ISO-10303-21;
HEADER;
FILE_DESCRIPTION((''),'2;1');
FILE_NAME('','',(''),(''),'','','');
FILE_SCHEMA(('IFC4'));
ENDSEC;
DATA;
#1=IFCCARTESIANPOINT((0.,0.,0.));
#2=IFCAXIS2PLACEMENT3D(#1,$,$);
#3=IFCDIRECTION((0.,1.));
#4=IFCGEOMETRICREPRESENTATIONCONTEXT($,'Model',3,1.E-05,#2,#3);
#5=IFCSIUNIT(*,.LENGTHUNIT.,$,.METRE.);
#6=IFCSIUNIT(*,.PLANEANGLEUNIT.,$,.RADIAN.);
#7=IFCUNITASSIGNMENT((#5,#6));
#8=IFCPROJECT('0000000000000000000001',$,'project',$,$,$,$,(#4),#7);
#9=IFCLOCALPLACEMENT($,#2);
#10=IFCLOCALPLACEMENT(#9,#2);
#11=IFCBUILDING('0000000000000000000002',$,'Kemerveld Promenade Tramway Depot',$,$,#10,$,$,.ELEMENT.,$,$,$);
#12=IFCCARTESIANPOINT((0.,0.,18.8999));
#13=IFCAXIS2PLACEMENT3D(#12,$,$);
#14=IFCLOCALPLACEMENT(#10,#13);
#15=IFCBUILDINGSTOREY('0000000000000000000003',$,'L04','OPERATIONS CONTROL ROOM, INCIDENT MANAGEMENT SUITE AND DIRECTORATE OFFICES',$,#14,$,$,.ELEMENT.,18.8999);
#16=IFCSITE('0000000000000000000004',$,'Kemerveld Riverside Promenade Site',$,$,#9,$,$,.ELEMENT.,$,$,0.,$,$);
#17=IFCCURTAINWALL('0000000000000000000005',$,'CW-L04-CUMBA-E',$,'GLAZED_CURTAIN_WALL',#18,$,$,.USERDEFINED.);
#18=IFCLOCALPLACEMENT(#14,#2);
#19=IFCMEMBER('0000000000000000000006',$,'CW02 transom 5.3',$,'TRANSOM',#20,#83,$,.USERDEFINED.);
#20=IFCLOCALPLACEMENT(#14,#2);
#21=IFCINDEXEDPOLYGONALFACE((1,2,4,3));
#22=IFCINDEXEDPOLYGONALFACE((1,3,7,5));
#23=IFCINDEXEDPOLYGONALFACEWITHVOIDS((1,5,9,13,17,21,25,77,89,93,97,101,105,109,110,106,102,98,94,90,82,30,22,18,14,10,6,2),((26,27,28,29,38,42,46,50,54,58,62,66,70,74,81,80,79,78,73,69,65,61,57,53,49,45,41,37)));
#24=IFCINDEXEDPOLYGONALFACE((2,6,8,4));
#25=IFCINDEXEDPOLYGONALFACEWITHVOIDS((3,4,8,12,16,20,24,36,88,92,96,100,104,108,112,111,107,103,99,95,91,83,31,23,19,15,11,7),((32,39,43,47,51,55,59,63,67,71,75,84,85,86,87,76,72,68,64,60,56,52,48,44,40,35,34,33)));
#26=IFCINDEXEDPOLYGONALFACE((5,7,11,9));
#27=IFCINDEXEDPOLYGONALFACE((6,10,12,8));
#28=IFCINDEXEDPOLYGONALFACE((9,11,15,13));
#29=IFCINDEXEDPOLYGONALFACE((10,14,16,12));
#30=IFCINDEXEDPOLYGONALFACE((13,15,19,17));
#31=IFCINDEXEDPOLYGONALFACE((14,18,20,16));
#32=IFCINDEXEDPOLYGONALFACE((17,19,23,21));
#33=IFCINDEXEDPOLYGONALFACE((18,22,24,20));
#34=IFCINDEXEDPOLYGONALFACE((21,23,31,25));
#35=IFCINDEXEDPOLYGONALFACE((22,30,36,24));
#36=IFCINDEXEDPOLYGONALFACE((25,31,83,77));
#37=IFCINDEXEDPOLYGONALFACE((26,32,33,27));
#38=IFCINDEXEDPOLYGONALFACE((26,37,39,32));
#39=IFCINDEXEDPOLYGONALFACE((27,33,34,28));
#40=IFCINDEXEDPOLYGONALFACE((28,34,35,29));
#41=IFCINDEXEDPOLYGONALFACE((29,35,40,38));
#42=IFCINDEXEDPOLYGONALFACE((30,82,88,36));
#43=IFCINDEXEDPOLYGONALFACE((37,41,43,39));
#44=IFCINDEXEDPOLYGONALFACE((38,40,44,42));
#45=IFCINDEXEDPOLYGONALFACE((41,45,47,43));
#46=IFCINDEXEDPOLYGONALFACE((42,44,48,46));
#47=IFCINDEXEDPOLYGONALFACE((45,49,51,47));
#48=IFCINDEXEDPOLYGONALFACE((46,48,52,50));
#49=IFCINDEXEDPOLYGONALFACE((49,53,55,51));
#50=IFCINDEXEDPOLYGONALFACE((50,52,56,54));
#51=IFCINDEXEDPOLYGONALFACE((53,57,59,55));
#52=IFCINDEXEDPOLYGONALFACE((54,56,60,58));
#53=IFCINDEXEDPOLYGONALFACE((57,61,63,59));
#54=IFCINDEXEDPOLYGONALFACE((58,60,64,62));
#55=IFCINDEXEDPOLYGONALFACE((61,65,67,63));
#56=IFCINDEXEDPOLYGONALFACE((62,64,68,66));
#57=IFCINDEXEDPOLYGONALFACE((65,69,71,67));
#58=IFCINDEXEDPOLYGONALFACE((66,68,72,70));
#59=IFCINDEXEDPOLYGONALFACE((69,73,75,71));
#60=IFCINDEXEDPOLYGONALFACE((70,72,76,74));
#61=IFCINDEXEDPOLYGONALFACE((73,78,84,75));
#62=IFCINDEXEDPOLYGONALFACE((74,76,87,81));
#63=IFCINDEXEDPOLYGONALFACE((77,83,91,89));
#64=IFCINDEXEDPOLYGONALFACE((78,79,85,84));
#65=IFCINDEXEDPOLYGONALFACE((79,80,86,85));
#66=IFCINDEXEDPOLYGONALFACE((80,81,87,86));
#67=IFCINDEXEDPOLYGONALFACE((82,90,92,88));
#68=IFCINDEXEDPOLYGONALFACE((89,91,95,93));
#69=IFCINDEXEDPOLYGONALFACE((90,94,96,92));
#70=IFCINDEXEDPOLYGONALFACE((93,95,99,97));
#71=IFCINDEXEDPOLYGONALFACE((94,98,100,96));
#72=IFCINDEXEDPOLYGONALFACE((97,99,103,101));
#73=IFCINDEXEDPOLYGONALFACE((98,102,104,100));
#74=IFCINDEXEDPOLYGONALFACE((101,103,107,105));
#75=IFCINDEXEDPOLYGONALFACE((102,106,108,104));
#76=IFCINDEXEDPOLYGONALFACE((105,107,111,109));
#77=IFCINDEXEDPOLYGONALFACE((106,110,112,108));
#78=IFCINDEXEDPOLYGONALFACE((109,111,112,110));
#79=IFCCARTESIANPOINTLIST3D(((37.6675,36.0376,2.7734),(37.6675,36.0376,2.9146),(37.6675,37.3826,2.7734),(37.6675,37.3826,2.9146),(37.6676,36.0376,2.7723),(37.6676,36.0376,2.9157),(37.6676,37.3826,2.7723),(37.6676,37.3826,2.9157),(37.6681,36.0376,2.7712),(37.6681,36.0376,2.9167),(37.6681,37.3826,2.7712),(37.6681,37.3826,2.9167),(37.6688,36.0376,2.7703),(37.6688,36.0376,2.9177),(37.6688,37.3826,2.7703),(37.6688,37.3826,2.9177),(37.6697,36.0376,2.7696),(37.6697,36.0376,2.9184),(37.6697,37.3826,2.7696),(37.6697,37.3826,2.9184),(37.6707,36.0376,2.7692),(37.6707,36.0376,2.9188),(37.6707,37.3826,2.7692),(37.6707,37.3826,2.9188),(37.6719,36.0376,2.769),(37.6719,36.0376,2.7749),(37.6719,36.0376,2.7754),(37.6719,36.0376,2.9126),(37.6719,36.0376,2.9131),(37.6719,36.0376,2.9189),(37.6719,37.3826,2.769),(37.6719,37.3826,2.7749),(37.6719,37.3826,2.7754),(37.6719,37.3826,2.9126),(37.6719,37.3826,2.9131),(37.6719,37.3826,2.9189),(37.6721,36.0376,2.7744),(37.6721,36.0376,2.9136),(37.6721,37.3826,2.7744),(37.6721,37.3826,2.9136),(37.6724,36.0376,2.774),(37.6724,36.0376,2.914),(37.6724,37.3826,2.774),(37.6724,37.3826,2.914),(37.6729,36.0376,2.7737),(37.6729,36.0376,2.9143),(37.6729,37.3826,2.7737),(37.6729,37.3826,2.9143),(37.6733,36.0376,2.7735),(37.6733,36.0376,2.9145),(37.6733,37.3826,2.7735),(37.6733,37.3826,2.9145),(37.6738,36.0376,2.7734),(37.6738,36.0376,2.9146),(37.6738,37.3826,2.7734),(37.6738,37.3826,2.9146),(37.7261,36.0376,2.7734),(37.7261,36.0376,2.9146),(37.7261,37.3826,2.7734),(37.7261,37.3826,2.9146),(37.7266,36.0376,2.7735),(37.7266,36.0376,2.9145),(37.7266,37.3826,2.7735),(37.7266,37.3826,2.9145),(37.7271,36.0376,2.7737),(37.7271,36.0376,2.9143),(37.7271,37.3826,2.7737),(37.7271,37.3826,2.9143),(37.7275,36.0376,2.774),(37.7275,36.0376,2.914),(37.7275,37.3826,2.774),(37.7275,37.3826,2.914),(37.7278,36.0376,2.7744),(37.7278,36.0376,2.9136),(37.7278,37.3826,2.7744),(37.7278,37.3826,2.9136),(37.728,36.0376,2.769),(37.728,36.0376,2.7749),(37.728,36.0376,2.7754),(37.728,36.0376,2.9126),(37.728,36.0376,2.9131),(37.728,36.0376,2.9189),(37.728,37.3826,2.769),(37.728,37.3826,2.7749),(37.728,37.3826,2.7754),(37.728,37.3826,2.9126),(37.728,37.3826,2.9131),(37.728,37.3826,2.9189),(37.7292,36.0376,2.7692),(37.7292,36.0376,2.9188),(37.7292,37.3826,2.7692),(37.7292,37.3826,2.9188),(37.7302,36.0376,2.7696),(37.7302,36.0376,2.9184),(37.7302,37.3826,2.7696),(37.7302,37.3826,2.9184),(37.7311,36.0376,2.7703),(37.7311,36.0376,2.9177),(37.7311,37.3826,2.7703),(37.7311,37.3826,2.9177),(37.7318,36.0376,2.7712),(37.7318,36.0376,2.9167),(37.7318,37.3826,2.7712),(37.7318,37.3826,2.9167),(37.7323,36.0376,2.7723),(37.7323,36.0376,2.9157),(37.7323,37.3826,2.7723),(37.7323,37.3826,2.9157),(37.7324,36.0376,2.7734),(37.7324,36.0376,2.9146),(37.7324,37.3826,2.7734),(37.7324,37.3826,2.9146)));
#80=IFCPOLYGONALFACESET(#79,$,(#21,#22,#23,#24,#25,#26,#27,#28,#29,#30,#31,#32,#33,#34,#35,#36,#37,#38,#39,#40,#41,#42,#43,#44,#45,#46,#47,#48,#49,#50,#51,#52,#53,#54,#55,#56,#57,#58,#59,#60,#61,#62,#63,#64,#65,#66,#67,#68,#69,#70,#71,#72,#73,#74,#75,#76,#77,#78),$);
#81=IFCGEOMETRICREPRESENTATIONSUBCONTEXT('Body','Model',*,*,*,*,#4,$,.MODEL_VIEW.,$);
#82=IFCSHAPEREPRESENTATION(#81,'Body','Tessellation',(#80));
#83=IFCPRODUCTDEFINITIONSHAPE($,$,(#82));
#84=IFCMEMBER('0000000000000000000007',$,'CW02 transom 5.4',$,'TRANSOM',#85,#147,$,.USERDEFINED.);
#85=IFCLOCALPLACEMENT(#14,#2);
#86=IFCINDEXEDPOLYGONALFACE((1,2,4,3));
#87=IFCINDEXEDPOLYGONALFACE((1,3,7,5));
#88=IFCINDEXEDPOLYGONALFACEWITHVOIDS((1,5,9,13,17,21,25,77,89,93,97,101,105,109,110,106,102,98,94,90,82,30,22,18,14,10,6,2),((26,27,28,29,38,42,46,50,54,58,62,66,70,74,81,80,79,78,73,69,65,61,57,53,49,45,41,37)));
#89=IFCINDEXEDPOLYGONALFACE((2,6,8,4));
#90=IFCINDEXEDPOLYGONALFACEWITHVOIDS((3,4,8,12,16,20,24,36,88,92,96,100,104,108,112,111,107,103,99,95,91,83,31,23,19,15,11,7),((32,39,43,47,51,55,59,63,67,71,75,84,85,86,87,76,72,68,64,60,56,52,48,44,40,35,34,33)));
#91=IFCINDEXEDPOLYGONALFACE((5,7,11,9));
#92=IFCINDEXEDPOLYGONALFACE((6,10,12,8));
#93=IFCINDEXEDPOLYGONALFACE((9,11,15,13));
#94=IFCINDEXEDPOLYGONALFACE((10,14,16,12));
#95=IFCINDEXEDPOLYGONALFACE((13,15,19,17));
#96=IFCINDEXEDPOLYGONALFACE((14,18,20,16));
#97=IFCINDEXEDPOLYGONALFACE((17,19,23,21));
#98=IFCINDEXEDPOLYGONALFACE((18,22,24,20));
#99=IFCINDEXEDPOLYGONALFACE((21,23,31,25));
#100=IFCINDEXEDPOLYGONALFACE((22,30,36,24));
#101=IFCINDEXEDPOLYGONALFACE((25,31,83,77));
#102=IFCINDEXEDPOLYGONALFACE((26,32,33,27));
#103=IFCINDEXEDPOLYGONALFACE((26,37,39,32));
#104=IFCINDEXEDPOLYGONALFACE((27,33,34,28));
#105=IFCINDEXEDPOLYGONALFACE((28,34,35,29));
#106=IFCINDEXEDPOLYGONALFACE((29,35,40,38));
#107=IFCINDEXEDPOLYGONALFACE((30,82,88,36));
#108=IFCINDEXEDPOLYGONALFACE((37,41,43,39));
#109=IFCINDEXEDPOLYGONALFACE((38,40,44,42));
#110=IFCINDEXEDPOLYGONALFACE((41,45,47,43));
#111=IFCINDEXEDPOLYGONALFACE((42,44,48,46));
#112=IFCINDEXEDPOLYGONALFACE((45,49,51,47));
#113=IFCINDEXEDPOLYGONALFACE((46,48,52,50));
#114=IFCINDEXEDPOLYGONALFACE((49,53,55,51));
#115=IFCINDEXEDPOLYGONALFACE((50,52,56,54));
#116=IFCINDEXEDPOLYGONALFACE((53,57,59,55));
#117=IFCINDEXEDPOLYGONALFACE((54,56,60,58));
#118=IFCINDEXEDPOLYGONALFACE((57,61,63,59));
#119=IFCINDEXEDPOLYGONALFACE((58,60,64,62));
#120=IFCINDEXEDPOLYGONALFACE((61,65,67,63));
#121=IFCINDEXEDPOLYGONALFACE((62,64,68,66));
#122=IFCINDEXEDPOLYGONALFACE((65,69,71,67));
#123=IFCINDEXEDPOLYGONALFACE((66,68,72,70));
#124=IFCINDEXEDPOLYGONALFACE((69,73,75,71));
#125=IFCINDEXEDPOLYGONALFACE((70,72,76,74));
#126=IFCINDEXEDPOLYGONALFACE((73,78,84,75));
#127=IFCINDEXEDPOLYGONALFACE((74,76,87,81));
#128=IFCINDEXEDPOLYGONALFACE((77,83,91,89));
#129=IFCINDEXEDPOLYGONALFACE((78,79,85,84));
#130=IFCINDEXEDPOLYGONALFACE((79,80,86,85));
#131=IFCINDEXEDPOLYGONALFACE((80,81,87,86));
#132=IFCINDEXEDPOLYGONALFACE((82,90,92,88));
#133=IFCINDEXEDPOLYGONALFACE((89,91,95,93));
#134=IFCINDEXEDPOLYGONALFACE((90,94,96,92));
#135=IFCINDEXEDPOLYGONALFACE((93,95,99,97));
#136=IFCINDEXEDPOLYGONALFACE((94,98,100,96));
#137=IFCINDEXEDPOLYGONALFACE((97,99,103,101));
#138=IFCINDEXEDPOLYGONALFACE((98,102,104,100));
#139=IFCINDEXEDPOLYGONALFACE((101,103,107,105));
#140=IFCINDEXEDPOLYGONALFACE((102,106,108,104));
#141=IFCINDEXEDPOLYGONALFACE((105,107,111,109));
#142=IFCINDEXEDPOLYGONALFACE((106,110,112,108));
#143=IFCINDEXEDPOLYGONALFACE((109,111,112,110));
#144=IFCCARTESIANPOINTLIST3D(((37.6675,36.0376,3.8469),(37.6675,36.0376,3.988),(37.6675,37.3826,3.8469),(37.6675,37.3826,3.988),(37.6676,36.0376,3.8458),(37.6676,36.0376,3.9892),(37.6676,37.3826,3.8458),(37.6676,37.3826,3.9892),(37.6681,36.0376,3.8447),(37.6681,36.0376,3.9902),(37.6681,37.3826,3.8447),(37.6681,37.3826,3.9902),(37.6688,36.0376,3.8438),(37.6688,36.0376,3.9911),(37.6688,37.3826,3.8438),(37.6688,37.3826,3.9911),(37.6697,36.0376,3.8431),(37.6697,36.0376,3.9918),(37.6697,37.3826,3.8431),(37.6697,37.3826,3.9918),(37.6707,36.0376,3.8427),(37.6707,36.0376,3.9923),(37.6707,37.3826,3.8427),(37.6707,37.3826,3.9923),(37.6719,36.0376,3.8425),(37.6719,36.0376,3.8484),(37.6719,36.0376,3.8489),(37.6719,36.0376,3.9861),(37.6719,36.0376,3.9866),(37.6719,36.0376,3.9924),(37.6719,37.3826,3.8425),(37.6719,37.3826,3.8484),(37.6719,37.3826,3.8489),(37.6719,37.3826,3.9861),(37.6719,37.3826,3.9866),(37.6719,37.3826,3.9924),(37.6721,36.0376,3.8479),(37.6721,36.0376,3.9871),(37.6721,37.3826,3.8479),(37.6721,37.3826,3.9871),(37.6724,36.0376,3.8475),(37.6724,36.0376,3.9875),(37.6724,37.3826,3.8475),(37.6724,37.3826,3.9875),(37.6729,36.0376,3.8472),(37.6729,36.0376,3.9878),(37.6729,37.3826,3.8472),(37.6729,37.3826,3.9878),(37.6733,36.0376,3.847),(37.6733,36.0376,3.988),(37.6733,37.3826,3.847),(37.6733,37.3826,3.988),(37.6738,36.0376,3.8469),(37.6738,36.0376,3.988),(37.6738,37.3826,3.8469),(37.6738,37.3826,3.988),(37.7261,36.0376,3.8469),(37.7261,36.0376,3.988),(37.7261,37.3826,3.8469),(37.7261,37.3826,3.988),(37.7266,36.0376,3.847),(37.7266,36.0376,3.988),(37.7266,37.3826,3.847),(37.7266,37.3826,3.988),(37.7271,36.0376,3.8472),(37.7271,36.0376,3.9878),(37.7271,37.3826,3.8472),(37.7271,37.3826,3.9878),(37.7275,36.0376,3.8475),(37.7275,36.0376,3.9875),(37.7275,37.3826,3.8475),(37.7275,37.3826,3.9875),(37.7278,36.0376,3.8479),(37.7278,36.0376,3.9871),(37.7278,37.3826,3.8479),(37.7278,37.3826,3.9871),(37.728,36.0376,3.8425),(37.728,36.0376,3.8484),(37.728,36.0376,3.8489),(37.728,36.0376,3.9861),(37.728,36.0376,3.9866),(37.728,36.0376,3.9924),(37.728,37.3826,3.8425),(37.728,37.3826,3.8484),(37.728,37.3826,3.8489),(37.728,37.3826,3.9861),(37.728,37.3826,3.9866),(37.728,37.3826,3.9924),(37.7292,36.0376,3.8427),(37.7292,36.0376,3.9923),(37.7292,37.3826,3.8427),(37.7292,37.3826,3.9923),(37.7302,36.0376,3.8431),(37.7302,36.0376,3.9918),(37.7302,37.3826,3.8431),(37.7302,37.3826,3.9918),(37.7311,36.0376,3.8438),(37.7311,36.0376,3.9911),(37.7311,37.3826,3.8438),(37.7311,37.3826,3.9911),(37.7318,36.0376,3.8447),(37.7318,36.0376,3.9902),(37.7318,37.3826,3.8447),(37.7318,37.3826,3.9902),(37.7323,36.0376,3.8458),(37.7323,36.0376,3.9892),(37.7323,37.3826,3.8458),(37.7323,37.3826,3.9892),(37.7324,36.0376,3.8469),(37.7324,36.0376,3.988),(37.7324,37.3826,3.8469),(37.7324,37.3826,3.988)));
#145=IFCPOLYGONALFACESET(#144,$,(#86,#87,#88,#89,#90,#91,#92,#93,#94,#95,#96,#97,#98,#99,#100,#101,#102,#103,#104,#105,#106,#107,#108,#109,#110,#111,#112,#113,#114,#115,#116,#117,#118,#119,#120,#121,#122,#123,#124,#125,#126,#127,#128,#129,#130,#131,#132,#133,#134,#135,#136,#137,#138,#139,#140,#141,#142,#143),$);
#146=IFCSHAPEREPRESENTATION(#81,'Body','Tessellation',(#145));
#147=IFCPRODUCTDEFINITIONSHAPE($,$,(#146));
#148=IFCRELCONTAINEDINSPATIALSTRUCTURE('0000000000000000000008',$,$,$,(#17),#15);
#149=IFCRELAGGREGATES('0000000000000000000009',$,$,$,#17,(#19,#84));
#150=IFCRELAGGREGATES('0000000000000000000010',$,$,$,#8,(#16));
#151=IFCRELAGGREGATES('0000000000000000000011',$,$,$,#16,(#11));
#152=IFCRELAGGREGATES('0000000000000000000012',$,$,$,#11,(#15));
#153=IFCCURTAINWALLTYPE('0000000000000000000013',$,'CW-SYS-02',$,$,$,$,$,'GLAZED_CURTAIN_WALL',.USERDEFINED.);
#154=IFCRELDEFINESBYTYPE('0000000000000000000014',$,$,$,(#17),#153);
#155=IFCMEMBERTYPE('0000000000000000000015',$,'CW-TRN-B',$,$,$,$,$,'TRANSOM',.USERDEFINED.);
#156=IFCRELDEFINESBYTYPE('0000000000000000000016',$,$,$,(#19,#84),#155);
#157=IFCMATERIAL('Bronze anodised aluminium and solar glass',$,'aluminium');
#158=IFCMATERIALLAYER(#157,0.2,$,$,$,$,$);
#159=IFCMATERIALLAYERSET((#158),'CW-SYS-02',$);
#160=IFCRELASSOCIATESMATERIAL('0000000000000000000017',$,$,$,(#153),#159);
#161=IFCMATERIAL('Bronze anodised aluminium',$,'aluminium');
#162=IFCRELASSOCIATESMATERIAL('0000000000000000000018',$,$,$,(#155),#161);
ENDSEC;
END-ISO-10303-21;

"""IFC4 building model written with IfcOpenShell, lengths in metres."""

from ifc_helpers import new_model, si_unit, direction, frame, origin, origin_2d, place, context, subcontext, project, spatial, hollow_rectangle, extrude, material, layer, layer_set, material_profile, profile_set, type_object, element, aggregate, save


model = new_model("IFC4")

# Units and contexts
model_context = context("Model", 3, precision=1e-05, world=origin(), true_north=direction((0.0, 1.0)))
body_context = subcontext(model_context, "Body", "Model", "MODEL_VIEW")
ifc_project = project(units=[si_unit("LENGTHUNIT", "METRE"), si_unit("PLANEANGLEUNIT", "RADIAN")], contexts=[model_context])

# Site, building, storey
site_placement = place(None, origin())
site = spatial("IfcSite", under=ifc_project, at=site_placement, Name="Kemerveld Riverside Promenade Site", CompositionType="ELEMENT", RefElevation=0.0)
building_placement = place(site_placement, origin())
building = spatial("IfcBuilding", under=site, at=building_placement, Name="Kemerveld Promenade Tramway Depot", CompositionType="ELEMENT")
storey_placement = place(building_placement, frame((0.0, 0.0, 18.8999)))
storey = spatial("IfcBuildingStorey", under=building, at=storey_placement, Name="L04", Description="OPERATIONS CONTROL ROOM, INCIDENT MANAGEMENT SUITE AND DIRECTORATE OFFICES", CompositionType="ELEMENT", Elevation=18.8999)

# Shared definitions
ifc_material_1 = material(Name="Bronze anodised aluminium and solar glass", Category="aluminium")
ifc_material_2 = material(Name="Bronze anodised aluminium", Category="aluminium")

# Curtain wall
ifc_layer_1 = layer(ifc_material_1, 0.2)
ifc_layer_set_1 = layer_set([ifc_layer_1], Name="CW-SYS-02")
curtain_wall_type_1 = type_object("IfcCurtainWallType", Name="CW-SYS-02", ElementType="GLAZED_CURTAIN_WALL", PredefinedType="USERDEFINED", material=ifc_layer_set_1)
curtain_wall_1_placement = place(storey_placement, origin())
curtain_wall_1 = element("IfcCurtainWall", 1, at=curtain_wall_1_placement, inside=storey, type_object=curtain_wall_type_1, Name="CW-L04-CUMBA-E", ObjectType="GLAZED_CURTAIN_WALL", PredefinedType="USERDEFINED")

# Members
ifc_material_profile_1 = material_profile(ifc_material_2, hollow_rectangle(XDim=0.0649, YDim=0.1499, WallThickness=0.0044, InnerFilletRadius=0.002, OuterFilletRadius=0.0044, at=origin_2d()), Name="CW-TRN-150x65")
ifc_profile_set_1 = profile_set([ifc_material_profile_1], Name="Bronze anodised aluminium")
member_type_1 = type_object("IfcMemberType", Name="CW-TRN-B", ElementType="TRANSOM", PredefinedType="USERDEFINED", material=ifc_profile_set_1)
member_1_placement = place(storey_placement, frame((37.7, 37.3826, 2.844), z_axis=(0.0, -1.0, 0.0), x_axis=(1.0, 0.0, 0.0)))
member_1 = element("IfcMember", 2, at=member_1_placement, type_object=member_type_1, Name="CW02 transom 5.3", ObjectType="TRANSOM", PredefinedType="USERDEFINED", context=body_context, shape_type="SweptSolid", body=[
    extrude(hollow_rectangle(XDim=0.0649, YDim=0.1499, WallThickness=0.0044, InnerFilletRadius=0.002, OuterFilletRadius=0.0044, at=origin_2d()), origin(), (0.0, 0.0, 1.0), 1.345),
])
member_2_placement = place(storey_placement, frame((37.7, 37.3826, 3.9175), z_axis=(0.0, -1.0, 0.0), x_axis=(1.0, 0.0, 0.0)))
member_2 = element("IfcMember", 3, at=member_2_placement, type_object=member_type_1, Name="CW02 transom 5.4", ObjectType="TRANSOM", PredefinedType="USERDEFINED", context=body_context, shape_type="SweptSolid", body=[
    extrude(hollow_rectangle(XDim=0.0649, YDim=0.1499, WallThickness=0.0044, InnerFilletRadius=0.002, OuterFilletRadius=0.0044, at=origin_2d()), origin(), (0.0, 0.0, 1.0), 1.345),
])

aggregate(curtain_wall_1, [member_1, member_2])

save(model, "model.ifc")
